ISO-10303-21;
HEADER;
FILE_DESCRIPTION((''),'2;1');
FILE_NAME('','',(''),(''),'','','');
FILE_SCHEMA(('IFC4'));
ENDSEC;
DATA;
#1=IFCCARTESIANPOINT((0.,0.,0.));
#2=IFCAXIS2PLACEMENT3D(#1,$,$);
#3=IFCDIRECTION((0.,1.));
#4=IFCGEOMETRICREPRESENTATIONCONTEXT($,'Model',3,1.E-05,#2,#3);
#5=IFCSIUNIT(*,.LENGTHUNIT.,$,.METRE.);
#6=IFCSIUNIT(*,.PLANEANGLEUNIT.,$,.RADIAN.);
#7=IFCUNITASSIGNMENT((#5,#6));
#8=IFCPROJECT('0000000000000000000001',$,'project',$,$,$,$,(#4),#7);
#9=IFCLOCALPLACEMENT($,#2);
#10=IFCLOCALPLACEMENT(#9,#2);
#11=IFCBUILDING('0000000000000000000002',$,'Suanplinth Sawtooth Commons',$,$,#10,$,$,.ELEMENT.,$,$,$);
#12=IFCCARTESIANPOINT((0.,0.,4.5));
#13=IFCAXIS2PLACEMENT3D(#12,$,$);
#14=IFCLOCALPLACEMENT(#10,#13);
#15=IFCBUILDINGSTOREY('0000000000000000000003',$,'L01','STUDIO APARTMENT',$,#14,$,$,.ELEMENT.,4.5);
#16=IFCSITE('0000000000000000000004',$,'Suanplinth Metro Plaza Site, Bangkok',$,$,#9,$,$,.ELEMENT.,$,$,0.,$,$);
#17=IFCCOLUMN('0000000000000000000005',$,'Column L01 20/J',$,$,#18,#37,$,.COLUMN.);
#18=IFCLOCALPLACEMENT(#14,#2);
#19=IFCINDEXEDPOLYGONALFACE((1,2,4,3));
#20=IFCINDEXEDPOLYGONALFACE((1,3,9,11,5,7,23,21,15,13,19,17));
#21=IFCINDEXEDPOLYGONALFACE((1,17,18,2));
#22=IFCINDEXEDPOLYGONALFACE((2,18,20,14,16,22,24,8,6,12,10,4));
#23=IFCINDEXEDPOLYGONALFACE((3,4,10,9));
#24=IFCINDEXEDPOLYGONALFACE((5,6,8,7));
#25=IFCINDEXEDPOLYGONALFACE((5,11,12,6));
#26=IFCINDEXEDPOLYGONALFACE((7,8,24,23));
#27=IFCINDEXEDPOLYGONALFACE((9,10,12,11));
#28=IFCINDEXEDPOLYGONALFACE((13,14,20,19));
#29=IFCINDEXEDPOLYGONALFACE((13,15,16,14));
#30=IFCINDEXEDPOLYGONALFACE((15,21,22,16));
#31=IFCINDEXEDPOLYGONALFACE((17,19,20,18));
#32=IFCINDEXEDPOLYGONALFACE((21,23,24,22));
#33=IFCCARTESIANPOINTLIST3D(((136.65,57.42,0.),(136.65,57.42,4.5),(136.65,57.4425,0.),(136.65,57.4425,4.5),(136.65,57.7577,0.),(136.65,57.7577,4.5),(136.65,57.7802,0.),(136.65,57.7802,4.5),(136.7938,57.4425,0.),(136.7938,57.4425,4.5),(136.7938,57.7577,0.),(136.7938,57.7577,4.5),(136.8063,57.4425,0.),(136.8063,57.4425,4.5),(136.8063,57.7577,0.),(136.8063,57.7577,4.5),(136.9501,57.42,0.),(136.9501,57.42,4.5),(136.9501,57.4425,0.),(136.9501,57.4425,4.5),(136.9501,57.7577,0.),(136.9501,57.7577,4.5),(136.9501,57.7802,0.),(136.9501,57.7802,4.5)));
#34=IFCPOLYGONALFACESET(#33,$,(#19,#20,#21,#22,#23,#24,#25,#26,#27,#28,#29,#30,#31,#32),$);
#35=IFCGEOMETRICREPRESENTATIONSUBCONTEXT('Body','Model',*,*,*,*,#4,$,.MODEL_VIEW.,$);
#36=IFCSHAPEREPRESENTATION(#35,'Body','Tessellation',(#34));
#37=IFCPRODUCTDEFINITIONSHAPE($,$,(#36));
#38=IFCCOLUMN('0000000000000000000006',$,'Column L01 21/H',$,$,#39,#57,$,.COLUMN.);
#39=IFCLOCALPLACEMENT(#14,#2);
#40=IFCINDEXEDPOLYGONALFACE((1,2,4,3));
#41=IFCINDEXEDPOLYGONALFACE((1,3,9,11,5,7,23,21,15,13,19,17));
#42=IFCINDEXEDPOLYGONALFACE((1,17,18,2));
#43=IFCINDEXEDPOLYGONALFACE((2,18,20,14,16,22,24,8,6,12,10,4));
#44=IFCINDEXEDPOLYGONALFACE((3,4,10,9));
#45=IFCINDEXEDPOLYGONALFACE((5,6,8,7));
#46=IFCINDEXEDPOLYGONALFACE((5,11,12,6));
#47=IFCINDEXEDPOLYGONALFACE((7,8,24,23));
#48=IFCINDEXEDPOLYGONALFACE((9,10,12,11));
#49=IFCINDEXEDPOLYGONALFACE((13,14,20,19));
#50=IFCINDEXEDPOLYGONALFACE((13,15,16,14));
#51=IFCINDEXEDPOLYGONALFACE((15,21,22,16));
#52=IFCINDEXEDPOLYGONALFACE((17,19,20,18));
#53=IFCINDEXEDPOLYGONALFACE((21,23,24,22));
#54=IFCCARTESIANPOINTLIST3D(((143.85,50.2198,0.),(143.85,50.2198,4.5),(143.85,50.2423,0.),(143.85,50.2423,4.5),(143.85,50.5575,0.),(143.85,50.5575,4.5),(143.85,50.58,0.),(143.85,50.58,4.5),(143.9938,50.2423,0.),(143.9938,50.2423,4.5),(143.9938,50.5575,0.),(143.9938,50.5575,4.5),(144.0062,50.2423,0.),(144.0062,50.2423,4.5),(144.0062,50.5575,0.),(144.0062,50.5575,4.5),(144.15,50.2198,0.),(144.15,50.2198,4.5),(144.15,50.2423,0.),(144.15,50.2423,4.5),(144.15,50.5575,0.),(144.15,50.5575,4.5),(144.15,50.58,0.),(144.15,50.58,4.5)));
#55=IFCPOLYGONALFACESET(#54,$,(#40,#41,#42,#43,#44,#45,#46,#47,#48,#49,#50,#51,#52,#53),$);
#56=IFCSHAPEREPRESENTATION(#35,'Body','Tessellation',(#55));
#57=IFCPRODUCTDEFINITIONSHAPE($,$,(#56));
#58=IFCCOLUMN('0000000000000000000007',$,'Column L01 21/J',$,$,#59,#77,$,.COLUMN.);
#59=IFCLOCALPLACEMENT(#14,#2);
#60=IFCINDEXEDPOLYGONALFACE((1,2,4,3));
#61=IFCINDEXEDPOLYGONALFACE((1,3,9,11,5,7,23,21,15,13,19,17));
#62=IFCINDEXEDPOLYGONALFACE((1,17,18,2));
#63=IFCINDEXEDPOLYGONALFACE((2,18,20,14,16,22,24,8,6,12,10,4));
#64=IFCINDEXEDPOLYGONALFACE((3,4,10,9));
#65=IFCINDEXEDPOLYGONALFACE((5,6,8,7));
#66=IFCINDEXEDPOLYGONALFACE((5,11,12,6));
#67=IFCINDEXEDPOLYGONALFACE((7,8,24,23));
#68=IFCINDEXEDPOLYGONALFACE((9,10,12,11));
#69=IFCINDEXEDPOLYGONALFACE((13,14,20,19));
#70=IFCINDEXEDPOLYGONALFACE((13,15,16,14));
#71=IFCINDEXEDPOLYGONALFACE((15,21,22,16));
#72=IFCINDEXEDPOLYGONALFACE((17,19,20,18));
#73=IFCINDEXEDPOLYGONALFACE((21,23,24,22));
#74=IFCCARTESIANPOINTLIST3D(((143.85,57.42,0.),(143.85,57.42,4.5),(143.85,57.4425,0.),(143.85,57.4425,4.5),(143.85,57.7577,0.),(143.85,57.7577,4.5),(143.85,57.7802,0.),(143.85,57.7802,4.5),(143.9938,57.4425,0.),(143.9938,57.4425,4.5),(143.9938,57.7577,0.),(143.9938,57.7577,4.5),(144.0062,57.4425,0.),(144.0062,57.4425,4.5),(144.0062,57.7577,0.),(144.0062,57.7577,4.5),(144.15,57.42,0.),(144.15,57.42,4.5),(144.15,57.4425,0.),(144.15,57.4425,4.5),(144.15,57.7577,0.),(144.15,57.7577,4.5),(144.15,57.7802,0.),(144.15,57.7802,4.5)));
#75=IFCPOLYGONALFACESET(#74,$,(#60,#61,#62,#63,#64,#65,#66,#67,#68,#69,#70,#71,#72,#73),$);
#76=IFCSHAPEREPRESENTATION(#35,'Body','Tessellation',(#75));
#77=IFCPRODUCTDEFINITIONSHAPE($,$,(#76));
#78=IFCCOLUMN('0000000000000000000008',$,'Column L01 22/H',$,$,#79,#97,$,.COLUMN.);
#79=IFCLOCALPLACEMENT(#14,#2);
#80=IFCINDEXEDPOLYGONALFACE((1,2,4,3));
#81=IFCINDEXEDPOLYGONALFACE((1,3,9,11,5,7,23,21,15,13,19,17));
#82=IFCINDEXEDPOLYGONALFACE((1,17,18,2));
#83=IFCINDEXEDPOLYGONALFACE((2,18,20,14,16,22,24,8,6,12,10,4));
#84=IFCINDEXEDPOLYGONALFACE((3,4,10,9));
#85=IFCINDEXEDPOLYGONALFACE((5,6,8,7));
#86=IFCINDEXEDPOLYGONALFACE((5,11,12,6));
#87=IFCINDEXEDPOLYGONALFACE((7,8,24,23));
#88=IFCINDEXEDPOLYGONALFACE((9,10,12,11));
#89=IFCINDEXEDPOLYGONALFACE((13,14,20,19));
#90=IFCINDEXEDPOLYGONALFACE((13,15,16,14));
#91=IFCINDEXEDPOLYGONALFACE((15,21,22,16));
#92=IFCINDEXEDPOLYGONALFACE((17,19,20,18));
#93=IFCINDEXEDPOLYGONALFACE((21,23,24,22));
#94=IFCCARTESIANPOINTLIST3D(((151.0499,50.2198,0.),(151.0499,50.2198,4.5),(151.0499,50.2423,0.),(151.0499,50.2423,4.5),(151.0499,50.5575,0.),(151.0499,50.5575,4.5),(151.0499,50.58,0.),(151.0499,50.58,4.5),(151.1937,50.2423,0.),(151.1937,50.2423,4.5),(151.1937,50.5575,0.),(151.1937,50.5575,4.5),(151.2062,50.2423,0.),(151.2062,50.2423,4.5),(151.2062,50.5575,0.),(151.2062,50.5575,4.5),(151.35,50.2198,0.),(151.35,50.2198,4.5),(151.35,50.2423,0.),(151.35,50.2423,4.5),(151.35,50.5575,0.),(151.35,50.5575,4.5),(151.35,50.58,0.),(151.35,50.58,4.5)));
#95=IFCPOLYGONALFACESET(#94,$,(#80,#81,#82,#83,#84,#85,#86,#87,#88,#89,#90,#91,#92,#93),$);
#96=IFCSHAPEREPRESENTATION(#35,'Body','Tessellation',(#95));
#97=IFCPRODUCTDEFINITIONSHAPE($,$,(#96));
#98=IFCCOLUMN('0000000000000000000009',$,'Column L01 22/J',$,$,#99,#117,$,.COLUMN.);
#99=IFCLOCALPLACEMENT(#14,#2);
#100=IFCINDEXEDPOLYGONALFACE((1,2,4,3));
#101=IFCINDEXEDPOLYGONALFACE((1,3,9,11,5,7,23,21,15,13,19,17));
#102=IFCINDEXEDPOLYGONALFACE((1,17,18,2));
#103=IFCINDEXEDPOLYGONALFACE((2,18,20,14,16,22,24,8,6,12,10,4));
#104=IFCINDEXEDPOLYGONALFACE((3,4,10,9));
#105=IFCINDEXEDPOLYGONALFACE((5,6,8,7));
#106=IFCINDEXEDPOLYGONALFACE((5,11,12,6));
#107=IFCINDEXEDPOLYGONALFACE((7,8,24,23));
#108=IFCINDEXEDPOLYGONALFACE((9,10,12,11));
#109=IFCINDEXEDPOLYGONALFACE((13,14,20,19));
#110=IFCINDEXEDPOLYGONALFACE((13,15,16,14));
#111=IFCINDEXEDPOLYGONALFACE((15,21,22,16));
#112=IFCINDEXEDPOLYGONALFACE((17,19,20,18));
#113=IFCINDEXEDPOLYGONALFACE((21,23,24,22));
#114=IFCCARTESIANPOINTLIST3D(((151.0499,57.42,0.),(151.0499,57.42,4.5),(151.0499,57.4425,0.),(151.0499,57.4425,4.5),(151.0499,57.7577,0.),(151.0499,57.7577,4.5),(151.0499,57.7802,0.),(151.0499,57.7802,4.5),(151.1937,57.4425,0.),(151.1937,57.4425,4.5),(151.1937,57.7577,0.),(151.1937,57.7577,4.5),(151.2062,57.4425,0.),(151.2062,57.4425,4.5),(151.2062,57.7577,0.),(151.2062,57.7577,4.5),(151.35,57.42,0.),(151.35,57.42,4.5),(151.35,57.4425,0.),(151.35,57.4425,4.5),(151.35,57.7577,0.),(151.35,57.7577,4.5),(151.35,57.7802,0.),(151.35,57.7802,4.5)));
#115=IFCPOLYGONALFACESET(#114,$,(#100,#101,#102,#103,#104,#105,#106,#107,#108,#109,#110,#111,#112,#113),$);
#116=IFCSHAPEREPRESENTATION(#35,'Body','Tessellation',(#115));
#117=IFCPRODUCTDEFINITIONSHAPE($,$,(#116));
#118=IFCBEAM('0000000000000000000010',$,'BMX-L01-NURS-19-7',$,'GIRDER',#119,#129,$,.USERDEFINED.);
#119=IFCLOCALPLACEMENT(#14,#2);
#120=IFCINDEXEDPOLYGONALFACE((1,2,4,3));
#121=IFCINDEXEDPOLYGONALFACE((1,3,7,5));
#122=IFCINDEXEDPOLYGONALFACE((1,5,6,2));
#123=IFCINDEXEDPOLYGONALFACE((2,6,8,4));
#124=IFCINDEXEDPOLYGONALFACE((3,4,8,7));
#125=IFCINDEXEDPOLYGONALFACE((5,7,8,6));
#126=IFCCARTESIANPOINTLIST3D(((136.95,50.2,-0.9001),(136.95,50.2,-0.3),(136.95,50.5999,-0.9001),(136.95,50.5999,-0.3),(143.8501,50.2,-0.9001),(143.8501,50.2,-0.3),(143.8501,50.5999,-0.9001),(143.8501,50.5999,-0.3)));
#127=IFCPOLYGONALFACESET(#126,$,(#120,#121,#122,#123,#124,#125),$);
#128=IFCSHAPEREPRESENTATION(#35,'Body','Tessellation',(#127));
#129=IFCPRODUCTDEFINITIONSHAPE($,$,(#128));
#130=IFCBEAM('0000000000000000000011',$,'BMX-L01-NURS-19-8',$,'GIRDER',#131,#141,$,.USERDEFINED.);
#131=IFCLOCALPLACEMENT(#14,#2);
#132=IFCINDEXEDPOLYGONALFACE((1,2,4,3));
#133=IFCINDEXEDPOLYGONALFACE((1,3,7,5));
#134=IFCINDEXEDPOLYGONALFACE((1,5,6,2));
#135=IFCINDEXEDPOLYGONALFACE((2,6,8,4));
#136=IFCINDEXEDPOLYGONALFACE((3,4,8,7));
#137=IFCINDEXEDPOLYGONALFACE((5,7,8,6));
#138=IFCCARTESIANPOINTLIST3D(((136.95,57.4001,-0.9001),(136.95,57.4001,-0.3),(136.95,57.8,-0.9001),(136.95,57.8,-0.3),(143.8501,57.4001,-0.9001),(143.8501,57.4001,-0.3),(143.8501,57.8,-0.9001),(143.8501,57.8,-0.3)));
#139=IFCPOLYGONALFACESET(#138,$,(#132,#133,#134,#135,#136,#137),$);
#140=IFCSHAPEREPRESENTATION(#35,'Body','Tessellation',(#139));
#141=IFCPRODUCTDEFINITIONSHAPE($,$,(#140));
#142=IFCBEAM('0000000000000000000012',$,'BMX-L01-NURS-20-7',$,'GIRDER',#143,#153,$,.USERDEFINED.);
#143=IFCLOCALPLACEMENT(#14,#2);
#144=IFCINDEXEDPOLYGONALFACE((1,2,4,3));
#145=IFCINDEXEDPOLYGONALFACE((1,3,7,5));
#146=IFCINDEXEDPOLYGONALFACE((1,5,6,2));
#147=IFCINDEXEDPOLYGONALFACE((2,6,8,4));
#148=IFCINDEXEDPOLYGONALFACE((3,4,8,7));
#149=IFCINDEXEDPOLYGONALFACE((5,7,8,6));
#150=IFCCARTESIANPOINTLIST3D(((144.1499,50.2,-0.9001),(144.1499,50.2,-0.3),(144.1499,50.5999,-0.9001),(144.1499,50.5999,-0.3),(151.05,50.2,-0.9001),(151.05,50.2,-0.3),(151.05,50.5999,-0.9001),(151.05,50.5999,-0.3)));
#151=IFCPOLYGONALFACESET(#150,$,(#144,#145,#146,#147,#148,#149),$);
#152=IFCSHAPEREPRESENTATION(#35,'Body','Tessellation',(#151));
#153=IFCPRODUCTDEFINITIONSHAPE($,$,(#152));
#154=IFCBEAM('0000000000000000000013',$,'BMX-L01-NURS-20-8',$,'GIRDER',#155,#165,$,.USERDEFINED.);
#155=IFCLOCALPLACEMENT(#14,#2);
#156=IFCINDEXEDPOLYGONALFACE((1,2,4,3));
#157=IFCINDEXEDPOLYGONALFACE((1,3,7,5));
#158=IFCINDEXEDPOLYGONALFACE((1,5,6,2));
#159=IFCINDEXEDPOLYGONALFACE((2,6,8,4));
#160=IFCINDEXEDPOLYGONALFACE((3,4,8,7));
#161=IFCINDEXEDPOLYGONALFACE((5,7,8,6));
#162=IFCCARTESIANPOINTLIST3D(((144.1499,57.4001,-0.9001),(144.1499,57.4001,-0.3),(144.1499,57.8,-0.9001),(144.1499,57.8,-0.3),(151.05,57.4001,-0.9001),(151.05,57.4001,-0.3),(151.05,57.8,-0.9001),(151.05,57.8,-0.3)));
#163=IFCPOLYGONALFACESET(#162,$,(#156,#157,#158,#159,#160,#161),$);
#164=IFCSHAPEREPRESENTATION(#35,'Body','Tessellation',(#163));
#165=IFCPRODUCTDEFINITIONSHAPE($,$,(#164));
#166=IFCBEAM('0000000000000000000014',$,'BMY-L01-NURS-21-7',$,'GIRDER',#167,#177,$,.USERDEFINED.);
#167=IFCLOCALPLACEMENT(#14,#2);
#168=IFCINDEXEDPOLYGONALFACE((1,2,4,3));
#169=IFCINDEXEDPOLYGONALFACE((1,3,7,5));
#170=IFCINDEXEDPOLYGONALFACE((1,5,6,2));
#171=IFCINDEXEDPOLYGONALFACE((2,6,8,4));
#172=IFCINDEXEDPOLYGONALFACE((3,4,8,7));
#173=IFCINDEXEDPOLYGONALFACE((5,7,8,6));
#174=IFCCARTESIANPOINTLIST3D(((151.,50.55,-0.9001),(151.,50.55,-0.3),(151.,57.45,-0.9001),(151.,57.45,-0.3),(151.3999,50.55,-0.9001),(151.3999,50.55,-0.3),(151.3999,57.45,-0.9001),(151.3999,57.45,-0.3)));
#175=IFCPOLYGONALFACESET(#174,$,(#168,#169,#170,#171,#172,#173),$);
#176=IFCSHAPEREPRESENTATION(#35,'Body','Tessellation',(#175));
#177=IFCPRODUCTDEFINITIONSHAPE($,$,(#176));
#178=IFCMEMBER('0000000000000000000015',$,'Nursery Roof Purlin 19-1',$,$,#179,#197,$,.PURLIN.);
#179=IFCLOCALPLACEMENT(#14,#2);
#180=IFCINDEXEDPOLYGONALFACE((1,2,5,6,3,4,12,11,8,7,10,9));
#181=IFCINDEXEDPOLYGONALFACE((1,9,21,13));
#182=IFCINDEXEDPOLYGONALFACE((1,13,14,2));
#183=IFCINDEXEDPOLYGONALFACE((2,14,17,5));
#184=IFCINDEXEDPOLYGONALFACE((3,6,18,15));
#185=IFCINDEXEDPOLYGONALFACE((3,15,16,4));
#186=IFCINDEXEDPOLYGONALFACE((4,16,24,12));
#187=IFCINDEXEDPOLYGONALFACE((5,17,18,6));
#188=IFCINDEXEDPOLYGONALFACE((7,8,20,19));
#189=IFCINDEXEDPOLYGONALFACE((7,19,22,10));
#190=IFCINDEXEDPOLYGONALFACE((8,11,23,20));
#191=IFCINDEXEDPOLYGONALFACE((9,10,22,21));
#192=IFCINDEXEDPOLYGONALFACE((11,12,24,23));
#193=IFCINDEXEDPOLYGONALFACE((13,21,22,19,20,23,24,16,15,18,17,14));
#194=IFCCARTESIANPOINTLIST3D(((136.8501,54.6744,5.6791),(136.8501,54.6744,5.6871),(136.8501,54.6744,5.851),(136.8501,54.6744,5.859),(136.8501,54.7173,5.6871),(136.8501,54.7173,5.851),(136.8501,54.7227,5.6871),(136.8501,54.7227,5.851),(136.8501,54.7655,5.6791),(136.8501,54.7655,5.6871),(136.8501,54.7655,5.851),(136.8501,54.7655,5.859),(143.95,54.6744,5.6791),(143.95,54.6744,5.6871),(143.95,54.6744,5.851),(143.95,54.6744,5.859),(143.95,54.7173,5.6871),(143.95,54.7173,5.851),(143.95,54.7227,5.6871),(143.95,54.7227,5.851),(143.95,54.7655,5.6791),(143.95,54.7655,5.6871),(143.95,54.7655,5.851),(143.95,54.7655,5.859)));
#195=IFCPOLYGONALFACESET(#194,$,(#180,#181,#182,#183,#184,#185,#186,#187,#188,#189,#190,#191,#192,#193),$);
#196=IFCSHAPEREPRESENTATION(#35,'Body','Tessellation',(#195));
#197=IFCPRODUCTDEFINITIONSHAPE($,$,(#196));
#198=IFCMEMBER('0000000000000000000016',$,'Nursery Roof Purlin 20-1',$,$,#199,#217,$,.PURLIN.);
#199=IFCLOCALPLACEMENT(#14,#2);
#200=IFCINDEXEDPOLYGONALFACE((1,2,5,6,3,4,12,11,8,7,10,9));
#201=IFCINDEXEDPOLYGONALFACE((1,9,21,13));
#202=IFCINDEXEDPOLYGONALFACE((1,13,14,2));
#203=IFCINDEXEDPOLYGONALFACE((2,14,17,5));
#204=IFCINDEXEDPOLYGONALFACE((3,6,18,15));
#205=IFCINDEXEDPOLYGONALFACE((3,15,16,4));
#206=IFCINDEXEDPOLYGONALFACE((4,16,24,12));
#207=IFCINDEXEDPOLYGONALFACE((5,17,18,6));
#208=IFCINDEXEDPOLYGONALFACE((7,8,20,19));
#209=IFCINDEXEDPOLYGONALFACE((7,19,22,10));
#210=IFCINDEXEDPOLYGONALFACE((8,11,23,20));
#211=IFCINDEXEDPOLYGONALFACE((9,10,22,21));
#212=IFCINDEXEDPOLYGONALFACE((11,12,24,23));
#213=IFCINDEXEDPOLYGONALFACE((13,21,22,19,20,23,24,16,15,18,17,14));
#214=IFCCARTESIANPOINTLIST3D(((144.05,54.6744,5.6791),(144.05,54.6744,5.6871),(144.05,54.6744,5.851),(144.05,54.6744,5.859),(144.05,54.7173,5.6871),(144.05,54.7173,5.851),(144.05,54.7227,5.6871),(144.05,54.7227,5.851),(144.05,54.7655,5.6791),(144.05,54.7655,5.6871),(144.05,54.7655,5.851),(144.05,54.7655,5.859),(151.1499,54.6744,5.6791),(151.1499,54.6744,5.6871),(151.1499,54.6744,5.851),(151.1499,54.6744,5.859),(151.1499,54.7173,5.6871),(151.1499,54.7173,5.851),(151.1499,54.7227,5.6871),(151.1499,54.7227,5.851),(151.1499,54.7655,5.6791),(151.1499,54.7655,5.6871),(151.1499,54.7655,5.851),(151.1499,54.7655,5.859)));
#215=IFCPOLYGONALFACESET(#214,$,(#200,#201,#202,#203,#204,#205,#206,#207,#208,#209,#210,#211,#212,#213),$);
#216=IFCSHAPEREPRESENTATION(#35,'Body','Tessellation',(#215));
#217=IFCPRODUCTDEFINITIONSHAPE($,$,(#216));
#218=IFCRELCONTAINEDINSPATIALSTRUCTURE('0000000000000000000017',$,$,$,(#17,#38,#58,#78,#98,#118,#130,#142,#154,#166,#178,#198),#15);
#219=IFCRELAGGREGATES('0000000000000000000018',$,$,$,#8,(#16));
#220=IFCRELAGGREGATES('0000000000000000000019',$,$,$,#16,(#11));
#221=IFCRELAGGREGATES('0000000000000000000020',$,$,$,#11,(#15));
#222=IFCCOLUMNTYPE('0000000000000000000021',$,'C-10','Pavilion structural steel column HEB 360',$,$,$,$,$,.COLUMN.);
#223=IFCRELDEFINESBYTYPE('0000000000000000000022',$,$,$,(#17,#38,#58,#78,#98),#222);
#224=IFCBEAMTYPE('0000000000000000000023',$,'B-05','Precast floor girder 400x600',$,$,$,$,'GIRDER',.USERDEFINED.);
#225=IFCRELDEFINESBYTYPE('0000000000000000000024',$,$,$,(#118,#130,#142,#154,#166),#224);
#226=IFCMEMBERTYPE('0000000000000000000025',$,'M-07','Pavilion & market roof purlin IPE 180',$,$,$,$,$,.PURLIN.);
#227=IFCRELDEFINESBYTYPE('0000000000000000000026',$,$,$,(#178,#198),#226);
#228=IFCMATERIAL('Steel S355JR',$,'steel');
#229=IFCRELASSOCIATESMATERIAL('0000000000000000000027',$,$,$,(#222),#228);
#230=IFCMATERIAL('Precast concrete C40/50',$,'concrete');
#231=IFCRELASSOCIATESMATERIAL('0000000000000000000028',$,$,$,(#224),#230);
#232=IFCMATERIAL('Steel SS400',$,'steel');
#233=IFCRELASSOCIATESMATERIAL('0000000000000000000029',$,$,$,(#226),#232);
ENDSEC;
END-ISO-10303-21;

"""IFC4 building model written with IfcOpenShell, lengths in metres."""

from ifc_helpers import new_model, si_unit, direction, frame, origin, origin_2d, place, context, subcontext, project, spatial, rectangle, i_section, extrude, material, material_profile, profile_set, type_object, element, save


model = new_model("IFC4")

# Units and contexts
model_context = context("Model", 3, precision=1e-05, world=origin(), true_north=direction((0.0, 1.0)))
body_context = subcontext(model_context, "Body", "Model", "MODEL_VIEW")
ifc_project = project(units=[si_unit("LENGTHUNIT", "METRE"), si_unit("PLANEANGLEUNIT", "RADIAN")], contexts=[model_context])

# Site, building, storey
site_placement = place(None, origin())
site = spatial("IfcSite", under=ifc_project, at=site_placement, Name="Suanplinth Metro Plaza Site, Bangkok", CompositionType="ELEMENT", RefElevation=0.0)
building_placement = place(site_placement, origin())
building = spatial("IfcBuilding", under=site, at=building_placement, Name="Suanplinth Sawtooth Commons", CompositionType="ELEMENT")
storey_placement = place(building_placement, frame((0.0, 0.0, 4.5)))
storey = spatial("IfcBuildingStorey", under=building, at=storey_placement, Name="L01", Description="STUDIO APARTMENT", CompositionType="ELEMENT", Elevation=4.5)

# Columns
ifc_material_1 = material(Name="Steel S355JR", Category="steel")
ifc_material_profile_1 = material_profile(ifc_material_1, i_section(OverallWidth=0.3, OverallDepth=0.3601, WebThickness=0.0125, FlangeThickness=0.0225, at=origin_2d()), Name="HEB 360")
ifc_profile_set_1 = profile_set([ifc_material_profile_1], Name="Steel S355JR")
column_type = type_object("IfcColumnType", Name="C-10", Description="Pavilion structural steel column HEB 360", PredefinedType="COLUMN", material=ifc_profile_set_1)
for number, where, z_axis, x_axis, name in (
    (1, (136.8, 57.6001, 0.0), (0.0, 0.0, 1.0), (1.0, 0.0, 0.0), "Column L01 20/J"),
    (2, (144.0, 50.3999, 0.0), (0.0, 0.0, 1.0), (1.0, 0.0, 0.0), "Column L01 21/H"),
    (3, (144.0, 57.6001, 0.0), (0.0, 0.0, 1.0), (1.0, 0.0, 0.0), "Column L01 21/J"),
    (4, (151.2, 50.3999, 0.0), (0.0, 0.0, 1.0), (1.0, 0.0, 0.0), "Column L01 22/H"),
    (5, (151.2, 57.6001, 0.0), (0.0, 0.0, 1.0), (1.0, 0.0, 0.0), "Column L01 22/J"),
):
    element("IfcColumn", number, at=place(storey_placement, frame(where, z_axis=z_axis, x_axis=x_axis)), inside=storey, type_object=column_type, Name=name, PredefinedType="COLUMN", context=body_context, shape_type="SweptSolid", body=[
        extrude(i_section(OverallWidth=0.3, OverallDepth=0.3601, WebThickness=0.0125, FlangeThickness=0.0225, at=origin_2d()), origin(), (0.0, 0.0, 1.0), 4.5),
    ])

# Beams
ifc_material_2 = material(Name="Precast concrete C40/50", Category="concrete")
ifc_material_profile_2 = material_profile(ifc_material_2, rectangle(XDim=0.3999, YDim=0.6001, at=origin_2d()), Name="PC-GDR 400x600")
ifc_profile_set_2 = profile_set([ifc_material_profile_2], Name="Precast concrete C40/50")
beam_type = type_object("IfcBeamType", Name="B-05", Description="Precast floor girder 400x600", ElementType="GIRDER", PredefinedType="USERDEFINED", material=ifc_profile_set_2)
for number, where, z_axis, x_axis, name in (
    (6, (136.95, 50.3999, -0.6001), (1.0, 0.0, 0.0), (0.0, 1.0, 0.0), "BMX-L01-NURS-19-7"),
    (7, (136.95, 57.6001, -0.6001), (1.0, 0.0, 0.0), (0.0, 1.0, 0.0), "BMX-L01-NURS-19-8"),
    (8, (144.1499, 50.3999, -0.6001), (1.0, 0.0, 0.0), (0.0, 1.0, 0.0), "BMX-L01-NURS-20-7"),
    (9, (144.1499, 57.6001, -0.6001), (1.0, 0.0, 0.0), (0.0, 1.0, 0.0), "BMX-L01-NURS-20-8"),
):
    element("IfcBeam", number, at=place(storey_placement, frame(where, z_axis=z_axis, x_axis=x_axis)), inside=storey, type_object=beam_type, Name=name, ObjectType="GIRDER", PredefinedType="USERDEFINED", context=body_context, shape_type="SweptSolid", body=[
        extrude(rectangle(XDim=0.3999, YDim=0.6001, at=origin_2d()), origin(), (0.0, 0.0, 1.0), 6.9001),
    ])
beam_placement = place(storey_placement, frame((151.2, 50.55, -0.6001), z_axis=(0.0, 1.0, 0.0), x_axis=(-1.0, 0.0, 0.0)))
element("IfcBeam", 10, at=beam_placement, inside=storey, type_object=beam_type, Name="BMY-L01-NURS-21-7", ObjectType="GIRDER", PredefinedType="USERDEFINED", context=body_context, shape_type="SweptSolid", body=[
    extrude(rectangle(XDim=0.3999, YDim=0.6001, at=origin_2d()), origin(), (0.0, 0.0, 1.0), 6.8999),
])

# Members
ifc_material_3 = material(Name="Steel SS400", Category="steel")
ifc_material_profile_3 = material_profile(ifc_material_3, i_section(OverallWidth=0.0911, OverallDepth=0.1799, WebThickness=0.0054, FlangeThickness=0.0081, at=origin_2d()), Name="IPE 180")
ifc_profile_set_3 = profile_set([ifc_material_profile_3], Name="Steel SS400")
member_type = type_object("IfcMemberType", Name="M-07", Description="Pavilion & market roof purlin IPE 180", PredefinedType="PURLIN", material=ifc_profile_set_3)
for number, where, z_axis, x_axis, name in (
    (11, (136.8501, 54.72, 5.769), (1.0, 0.0, 0.0), (0.0, 1.0, 0.0), "Nursery Roof Purlin 19-1"),
    (12, (144.05, 54.72, 5.769), (1.0, 0.0, 0.0), (0.0, 1.0, 0.0), "Nursery Roof Purlin 20-1"),
):
    element("IfcMember", number, at=place(storey_placement, frame(where, z_axis=z_axis, x_axis=x_axis)), inside=storey, type_object=member_type, Name=name, PredefinedType="PURLIN", context=body_context, shape_type="SweptSolid", body=[
        extrude(i_section(OverallWidth=0.0911, OverallDepth=0.1799, WebThickness=0.0054, FlangeThickness=0.0081, at=origin_2d()), origin(), (0.0, 0.0, 1.0), 7.0999),
    ])

save(model, "model.ifc")
